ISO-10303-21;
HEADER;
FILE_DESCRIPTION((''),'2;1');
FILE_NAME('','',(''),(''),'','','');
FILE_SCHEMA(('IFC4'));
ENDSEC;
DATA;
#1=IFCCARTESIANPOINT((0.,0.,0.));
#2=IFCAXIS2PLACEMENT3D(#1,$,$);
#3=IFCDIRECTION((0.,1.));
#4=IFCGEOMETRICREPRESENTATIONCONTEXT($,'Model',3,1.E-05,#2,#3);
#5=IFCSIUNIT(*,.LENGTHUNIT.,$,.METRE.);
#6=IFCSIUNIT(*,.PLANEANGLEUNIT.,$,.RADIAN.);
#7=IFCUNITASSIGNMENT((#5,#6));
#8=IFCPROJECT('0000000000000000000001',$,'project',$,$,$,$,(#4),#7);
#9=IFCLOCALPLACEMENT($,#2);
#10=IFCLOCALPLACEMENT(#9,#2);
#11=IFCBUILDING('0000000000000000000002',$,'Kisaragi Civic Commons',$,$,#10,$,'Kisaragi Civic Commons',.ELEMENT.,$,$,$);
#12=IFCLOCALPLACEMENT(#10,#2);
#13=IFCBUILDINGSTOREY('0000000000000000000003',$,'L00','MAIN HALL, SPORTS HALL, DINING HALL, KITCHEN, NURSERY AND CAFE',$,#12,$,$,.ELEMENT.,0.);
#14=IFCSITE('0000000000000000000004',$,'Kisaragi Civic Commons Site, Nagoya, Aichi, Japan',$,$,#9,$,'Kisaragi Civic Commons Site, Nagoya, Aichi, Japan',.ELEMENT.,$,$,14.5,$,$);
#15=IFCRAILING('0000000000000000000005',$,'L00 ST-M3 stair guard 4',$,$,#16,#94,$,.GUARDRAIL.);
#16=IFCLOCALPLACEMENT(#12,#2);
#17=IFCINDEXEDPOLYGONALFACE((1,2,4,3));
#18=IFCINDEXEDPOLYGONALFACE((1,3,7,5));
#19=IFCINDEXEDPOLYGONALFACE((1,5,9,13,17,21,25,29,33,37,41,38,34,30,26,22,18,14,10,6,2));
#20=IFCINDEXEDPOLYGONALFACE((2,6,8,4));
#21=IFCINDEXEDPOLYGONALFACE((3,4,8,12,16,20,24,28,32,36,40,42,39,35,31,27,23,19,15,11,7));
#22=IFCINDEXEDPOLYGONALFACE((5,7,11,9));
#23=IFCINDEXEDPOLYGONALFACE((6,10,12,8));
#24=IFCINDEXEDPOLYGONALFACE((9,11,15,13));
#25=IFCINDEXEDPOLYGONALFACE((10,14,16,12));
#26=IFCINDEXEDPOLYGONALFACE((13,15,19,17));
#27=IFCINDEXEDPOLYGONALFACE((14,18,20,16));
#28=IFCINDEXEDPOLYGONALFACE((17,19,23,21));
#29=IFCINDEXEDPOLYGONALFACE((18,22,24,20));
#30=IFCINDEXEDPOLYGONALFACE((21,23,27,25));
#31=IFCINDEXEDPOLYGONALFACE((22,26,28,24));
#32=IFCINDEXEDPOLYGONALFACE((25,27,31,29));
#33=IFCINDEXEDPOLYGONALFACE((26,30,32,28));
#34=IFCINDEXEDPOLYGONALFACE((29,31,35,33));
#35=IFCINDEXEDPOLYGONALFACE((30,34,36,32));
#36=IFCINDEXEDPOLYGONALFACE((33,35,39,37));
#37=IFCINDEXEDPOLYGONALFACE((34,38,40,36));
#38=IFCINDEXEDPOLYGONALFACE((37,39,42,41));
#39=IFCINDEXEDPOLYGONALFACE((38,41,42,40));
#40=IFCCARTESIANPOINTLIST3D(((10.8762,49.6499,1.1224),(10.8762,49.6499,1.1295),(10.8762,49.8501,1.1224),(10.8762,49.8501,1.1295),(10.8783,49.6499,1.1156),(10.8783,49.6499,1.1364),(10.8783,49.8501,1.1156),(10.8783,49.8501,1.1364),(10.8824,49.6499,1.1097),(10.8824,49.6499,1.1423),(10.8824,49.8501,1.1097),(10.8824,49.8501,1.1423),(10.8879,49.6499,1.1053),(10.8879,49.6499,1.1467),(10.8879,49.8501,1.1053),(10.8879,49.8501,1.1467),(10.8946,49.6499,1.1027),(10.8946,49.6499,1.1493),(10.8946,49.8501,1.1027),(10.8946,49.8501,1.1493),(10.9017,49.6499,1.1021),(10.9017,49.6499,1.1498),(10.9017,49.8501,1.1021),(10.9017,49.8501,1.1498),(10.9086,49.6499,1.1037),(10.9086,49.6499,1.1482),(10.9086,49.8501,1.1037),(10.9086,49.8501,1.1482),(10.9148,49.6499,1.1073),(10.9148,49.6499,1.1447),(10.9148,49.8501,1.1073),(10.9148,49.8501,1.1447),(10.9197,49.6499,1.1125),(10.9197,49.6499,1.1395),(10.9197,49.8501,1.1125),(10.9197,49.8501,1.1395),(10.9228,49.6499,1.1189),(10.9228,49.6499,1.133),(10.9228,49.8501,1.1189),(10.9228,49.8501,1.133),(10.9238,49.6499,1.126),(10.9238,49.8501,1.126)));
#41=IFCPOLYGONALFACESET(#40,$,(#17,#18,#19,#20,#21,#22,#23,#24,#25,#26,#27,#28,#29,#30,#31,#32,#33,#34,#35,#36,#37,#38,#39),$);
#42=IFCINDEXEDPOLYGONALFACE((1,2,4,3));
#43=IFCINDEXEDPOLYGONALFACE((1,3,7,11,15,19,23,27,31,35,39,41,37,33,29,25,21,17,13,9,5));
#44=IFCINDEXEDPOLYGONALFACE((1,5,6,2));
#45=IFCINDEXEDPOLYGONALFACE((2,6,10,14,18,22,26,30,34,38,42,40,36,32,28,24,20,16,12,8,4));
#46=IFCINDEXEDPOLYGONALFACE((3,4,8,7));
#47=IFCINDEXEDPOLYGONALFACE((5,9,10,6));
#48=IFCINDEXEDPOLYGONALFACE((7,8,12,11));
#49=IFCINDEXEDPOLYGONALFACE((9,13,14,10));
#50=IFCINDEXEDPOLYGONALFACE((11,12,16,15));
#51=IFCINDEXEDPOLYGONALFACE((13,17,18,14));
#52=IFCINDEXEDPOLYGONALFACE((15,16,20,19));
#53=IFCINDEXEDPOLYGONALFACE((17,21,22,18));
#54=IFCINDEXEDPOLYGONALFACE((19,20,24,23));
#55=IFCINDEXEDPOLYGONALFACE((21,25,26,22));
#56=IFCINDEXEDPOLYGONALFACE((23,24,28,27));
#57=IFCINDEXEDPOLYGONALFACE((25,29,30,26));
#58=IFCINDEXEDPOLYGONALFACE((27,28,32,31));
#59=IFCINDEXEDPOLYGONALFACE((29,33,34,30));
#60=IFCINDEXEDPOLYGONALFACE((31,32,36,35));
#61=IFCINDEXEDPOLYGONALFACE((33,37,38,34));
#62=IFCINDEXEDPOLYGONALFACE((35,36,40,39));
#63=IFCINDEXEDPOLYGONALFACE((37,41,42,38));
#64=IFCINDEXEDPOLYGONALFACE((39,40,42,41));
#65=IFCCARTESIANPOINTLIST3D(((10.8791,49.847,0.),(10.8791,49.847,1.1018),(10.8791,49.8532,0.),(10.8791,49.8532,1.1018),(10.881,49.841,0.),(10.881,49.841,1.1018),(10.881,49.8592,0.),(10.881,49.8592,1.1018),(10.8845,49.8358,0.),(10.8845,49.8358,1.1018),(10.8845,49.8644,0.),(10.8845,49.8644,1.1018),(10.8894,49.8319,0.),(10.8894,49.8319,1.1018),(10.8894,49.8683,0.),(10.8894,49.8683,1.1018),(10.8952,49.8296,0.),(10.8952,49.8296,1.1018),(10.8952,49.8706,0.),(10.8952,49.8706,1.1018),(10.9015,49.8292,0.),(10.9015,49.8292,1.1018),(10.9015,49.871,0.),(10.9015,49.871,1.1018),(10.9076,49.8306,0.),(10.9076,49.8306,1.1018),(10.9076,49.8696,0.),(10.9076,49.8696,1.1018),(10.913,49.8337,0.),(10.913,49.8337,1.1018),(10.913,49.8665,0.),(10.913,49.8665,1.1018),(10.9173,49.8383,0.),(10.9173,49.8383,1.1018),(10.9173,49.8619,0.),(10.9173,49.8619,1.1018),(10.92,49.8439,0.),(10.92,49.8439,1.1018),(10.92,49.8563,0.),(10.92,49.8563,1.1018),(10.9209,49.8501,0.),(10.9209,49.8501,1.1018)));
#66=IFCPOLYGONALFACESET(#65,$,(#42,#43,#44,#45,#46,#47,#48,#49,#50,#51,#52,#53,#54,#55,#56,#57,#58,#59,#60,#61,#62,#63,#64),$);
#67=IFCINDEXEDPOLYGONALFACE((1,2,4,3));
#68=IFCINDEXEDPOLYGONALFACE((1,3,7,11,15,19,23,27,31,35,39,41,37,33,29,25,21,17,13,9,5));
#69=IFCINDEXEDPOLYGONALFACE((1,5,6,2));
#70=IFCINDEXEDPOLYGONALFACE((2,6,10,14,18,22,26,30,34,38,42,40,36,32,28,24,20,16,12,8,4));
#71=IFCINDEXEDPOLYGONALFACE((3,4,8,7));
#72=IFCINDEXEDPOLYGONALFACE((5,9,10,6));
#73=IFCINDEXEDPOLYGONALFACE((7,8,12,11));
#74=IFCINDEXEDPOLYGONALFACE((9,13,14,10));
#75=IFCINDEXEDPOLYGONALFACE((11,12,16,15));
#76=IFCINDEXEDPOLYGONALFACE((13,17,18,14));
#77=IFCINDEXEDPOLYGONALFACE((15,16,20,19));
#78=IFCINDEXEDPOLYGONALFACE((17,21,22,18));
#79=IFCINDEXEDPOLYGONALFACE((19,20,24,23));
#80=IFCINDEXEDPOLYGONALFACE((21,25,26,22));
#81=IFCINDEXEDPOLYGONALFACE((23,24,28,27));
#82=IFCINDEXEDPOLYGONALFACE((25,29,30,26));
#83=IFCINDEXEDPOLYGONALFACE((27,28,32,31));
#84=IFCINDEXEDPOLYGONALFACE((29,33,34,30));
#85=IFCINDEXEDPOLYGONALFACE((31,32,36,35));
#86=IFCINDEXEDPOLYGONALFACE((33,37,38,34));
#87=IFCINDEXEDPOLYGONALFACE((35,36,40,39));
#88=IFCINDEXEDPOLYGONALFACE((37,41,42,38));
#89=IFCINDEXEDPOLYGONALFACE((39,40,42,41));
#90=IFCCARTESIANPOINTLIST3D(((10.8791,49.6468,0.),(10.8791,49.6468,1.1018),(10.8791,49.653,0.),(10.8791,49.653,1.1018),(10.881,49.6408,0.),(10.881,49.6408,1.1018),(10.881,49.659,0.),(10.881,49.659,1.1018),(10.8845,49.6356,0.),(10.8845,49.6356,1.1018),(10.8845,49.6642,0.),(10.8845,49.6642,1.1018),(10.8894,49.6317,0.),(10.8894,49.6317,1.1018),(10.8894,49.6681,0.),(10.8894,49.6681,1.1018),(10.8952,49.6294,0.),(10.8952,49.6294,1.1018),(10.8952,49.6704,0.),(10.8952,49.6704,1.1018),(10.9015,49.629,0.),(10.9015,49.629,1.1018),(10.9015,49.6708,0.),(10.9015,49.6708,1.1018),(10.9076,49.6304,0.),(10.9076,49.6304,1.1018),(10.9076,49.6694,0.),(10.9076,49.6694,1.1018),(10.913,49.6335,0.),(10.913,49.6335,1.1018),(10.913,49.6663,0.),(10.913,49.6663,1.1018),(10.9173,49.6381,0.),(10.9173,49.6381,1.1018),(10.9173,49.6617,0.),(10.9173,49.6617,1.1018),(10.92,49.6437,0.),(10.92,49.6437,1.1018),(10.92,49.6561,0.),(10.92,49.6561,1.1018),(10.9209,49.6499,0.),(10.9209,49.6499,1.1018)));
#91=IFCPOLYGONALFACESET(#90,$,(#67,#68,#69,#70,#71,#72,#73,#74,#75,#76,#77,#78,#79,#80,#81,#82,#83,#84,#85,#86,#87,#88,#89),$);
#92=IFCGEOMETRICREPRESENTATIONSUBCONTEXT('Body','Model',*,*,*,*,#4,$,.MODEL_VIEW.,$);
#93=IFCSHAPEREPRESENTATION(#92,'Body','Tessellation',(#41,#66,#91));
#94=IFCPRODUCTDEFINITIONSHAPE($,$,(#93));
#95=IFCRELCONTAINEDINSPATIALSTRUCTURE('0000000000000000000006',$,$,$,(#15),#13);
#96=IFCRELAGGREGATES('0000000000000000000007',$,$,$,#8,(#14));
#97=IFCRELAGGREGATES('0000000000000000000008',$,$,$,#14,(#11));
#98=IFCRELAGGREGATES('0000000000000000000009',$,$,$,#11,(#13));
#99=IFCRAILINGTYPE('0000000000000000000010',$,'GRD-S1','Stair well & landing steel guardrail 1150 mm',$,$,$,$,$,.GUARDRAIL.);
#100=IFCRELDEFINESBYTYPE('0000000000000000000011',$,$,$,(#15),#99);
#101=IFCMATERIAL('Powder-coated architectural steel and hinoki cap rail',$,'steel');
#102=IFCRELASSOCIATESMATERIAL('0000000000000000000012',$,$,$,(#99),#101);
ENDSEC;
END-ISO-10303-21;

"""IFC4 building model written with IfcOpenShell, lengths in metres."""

from ifc_helpers import new_model, si_unit, direction, frame, origin, origin_2d, place, context, subcontext, project, spatial, circle, extrude, material, type_object, element, save


model = new_model("IFC4")

# Units and contexts
model_context = context("Model", 3, precision=1e-05, world=origin(), true_north=direction((0.0, 1.0)))
body_context = subcontext(model_context, "Body", "Model", "MODEL_VIEW")
ifc_project = project(units=[si_unit("LENGTHUNIT", "METRE"), si_unit("PLANEANGLEUNIT", "RADIAN")], contexts=[model_context])

# Site, building, storey
site_placement = place(None, origin())
site = spatial("IfcSite", under=ifc_project, at=site_placement, Name="Kisaragi Civic Commons Site, Nagoya, Aichi, Japan", LongName="Kisaragi Civic Commons Site, Nagoya, Aichi, Japan", CompositionType="ELEMENT", RefElevation=14.5)
building_placement = place(site_placement, origin())
building = spatial("IfcBuilding", under=site, at=building_placement, Name="Kisaragi Civic Commons", LongName="Kisaragi Civic Commons", CompositionType="ELEMENT")
storey_placement = place(building_placement, origin())
storey = spatial("IfcBuildingStorey", under=building, at=storey_placement, Name="L00", Description="MAIN HALL, SPORTS HALL, DINING HALL, KITCHEN, NURSERY AND CAFE", CompositionType="ELEMENT", Elevation=0.0)

# Railing
ifc_material_1 = material(Name="Powder-coated architectural steel and hinoki cap rail", Category="steel")
railing_type_1 = type_object("IfcRailingType", Name="GRD-S1", Description="Stair well & landing steel guardrail 1150 mm", PredefinedType="GUARDRAIL", material=ifc_material_1)
railing_1_placement = place(storey_placement, frame((10.8999, 49.8501, 0.0)))
element("IfcRailing", 1, at=railing_1_placement, inside=storey, type_object=railing_type_1, Name="L00 ST-M3 stair guard 4", PredefinedType="GUARDRAIL", context=body_context, shape_type="SweptSolid", body=[
    extrude(circle(Radius=0.0239, at=origin_2d()), frame((0.0, 0.0, 1.126), z_axis=(0.0, -1.0, 0.0), x_axis=(1.0, 0.0, 0.0)), (0.0, 0.0, 1.0), 0.2002),
    extrude(circle(Radius=0.021, at=origin_2d()), origin(), (0.0, 0.0, 1.0), 1.1018),
    extrude(circle(Radius=0.021, at=origin_2d()), frame((0.0, -0.2002, 0.0)), (0.0, 0.0, 1.0), 1.1018),
])

save(model, "model.ifc")
